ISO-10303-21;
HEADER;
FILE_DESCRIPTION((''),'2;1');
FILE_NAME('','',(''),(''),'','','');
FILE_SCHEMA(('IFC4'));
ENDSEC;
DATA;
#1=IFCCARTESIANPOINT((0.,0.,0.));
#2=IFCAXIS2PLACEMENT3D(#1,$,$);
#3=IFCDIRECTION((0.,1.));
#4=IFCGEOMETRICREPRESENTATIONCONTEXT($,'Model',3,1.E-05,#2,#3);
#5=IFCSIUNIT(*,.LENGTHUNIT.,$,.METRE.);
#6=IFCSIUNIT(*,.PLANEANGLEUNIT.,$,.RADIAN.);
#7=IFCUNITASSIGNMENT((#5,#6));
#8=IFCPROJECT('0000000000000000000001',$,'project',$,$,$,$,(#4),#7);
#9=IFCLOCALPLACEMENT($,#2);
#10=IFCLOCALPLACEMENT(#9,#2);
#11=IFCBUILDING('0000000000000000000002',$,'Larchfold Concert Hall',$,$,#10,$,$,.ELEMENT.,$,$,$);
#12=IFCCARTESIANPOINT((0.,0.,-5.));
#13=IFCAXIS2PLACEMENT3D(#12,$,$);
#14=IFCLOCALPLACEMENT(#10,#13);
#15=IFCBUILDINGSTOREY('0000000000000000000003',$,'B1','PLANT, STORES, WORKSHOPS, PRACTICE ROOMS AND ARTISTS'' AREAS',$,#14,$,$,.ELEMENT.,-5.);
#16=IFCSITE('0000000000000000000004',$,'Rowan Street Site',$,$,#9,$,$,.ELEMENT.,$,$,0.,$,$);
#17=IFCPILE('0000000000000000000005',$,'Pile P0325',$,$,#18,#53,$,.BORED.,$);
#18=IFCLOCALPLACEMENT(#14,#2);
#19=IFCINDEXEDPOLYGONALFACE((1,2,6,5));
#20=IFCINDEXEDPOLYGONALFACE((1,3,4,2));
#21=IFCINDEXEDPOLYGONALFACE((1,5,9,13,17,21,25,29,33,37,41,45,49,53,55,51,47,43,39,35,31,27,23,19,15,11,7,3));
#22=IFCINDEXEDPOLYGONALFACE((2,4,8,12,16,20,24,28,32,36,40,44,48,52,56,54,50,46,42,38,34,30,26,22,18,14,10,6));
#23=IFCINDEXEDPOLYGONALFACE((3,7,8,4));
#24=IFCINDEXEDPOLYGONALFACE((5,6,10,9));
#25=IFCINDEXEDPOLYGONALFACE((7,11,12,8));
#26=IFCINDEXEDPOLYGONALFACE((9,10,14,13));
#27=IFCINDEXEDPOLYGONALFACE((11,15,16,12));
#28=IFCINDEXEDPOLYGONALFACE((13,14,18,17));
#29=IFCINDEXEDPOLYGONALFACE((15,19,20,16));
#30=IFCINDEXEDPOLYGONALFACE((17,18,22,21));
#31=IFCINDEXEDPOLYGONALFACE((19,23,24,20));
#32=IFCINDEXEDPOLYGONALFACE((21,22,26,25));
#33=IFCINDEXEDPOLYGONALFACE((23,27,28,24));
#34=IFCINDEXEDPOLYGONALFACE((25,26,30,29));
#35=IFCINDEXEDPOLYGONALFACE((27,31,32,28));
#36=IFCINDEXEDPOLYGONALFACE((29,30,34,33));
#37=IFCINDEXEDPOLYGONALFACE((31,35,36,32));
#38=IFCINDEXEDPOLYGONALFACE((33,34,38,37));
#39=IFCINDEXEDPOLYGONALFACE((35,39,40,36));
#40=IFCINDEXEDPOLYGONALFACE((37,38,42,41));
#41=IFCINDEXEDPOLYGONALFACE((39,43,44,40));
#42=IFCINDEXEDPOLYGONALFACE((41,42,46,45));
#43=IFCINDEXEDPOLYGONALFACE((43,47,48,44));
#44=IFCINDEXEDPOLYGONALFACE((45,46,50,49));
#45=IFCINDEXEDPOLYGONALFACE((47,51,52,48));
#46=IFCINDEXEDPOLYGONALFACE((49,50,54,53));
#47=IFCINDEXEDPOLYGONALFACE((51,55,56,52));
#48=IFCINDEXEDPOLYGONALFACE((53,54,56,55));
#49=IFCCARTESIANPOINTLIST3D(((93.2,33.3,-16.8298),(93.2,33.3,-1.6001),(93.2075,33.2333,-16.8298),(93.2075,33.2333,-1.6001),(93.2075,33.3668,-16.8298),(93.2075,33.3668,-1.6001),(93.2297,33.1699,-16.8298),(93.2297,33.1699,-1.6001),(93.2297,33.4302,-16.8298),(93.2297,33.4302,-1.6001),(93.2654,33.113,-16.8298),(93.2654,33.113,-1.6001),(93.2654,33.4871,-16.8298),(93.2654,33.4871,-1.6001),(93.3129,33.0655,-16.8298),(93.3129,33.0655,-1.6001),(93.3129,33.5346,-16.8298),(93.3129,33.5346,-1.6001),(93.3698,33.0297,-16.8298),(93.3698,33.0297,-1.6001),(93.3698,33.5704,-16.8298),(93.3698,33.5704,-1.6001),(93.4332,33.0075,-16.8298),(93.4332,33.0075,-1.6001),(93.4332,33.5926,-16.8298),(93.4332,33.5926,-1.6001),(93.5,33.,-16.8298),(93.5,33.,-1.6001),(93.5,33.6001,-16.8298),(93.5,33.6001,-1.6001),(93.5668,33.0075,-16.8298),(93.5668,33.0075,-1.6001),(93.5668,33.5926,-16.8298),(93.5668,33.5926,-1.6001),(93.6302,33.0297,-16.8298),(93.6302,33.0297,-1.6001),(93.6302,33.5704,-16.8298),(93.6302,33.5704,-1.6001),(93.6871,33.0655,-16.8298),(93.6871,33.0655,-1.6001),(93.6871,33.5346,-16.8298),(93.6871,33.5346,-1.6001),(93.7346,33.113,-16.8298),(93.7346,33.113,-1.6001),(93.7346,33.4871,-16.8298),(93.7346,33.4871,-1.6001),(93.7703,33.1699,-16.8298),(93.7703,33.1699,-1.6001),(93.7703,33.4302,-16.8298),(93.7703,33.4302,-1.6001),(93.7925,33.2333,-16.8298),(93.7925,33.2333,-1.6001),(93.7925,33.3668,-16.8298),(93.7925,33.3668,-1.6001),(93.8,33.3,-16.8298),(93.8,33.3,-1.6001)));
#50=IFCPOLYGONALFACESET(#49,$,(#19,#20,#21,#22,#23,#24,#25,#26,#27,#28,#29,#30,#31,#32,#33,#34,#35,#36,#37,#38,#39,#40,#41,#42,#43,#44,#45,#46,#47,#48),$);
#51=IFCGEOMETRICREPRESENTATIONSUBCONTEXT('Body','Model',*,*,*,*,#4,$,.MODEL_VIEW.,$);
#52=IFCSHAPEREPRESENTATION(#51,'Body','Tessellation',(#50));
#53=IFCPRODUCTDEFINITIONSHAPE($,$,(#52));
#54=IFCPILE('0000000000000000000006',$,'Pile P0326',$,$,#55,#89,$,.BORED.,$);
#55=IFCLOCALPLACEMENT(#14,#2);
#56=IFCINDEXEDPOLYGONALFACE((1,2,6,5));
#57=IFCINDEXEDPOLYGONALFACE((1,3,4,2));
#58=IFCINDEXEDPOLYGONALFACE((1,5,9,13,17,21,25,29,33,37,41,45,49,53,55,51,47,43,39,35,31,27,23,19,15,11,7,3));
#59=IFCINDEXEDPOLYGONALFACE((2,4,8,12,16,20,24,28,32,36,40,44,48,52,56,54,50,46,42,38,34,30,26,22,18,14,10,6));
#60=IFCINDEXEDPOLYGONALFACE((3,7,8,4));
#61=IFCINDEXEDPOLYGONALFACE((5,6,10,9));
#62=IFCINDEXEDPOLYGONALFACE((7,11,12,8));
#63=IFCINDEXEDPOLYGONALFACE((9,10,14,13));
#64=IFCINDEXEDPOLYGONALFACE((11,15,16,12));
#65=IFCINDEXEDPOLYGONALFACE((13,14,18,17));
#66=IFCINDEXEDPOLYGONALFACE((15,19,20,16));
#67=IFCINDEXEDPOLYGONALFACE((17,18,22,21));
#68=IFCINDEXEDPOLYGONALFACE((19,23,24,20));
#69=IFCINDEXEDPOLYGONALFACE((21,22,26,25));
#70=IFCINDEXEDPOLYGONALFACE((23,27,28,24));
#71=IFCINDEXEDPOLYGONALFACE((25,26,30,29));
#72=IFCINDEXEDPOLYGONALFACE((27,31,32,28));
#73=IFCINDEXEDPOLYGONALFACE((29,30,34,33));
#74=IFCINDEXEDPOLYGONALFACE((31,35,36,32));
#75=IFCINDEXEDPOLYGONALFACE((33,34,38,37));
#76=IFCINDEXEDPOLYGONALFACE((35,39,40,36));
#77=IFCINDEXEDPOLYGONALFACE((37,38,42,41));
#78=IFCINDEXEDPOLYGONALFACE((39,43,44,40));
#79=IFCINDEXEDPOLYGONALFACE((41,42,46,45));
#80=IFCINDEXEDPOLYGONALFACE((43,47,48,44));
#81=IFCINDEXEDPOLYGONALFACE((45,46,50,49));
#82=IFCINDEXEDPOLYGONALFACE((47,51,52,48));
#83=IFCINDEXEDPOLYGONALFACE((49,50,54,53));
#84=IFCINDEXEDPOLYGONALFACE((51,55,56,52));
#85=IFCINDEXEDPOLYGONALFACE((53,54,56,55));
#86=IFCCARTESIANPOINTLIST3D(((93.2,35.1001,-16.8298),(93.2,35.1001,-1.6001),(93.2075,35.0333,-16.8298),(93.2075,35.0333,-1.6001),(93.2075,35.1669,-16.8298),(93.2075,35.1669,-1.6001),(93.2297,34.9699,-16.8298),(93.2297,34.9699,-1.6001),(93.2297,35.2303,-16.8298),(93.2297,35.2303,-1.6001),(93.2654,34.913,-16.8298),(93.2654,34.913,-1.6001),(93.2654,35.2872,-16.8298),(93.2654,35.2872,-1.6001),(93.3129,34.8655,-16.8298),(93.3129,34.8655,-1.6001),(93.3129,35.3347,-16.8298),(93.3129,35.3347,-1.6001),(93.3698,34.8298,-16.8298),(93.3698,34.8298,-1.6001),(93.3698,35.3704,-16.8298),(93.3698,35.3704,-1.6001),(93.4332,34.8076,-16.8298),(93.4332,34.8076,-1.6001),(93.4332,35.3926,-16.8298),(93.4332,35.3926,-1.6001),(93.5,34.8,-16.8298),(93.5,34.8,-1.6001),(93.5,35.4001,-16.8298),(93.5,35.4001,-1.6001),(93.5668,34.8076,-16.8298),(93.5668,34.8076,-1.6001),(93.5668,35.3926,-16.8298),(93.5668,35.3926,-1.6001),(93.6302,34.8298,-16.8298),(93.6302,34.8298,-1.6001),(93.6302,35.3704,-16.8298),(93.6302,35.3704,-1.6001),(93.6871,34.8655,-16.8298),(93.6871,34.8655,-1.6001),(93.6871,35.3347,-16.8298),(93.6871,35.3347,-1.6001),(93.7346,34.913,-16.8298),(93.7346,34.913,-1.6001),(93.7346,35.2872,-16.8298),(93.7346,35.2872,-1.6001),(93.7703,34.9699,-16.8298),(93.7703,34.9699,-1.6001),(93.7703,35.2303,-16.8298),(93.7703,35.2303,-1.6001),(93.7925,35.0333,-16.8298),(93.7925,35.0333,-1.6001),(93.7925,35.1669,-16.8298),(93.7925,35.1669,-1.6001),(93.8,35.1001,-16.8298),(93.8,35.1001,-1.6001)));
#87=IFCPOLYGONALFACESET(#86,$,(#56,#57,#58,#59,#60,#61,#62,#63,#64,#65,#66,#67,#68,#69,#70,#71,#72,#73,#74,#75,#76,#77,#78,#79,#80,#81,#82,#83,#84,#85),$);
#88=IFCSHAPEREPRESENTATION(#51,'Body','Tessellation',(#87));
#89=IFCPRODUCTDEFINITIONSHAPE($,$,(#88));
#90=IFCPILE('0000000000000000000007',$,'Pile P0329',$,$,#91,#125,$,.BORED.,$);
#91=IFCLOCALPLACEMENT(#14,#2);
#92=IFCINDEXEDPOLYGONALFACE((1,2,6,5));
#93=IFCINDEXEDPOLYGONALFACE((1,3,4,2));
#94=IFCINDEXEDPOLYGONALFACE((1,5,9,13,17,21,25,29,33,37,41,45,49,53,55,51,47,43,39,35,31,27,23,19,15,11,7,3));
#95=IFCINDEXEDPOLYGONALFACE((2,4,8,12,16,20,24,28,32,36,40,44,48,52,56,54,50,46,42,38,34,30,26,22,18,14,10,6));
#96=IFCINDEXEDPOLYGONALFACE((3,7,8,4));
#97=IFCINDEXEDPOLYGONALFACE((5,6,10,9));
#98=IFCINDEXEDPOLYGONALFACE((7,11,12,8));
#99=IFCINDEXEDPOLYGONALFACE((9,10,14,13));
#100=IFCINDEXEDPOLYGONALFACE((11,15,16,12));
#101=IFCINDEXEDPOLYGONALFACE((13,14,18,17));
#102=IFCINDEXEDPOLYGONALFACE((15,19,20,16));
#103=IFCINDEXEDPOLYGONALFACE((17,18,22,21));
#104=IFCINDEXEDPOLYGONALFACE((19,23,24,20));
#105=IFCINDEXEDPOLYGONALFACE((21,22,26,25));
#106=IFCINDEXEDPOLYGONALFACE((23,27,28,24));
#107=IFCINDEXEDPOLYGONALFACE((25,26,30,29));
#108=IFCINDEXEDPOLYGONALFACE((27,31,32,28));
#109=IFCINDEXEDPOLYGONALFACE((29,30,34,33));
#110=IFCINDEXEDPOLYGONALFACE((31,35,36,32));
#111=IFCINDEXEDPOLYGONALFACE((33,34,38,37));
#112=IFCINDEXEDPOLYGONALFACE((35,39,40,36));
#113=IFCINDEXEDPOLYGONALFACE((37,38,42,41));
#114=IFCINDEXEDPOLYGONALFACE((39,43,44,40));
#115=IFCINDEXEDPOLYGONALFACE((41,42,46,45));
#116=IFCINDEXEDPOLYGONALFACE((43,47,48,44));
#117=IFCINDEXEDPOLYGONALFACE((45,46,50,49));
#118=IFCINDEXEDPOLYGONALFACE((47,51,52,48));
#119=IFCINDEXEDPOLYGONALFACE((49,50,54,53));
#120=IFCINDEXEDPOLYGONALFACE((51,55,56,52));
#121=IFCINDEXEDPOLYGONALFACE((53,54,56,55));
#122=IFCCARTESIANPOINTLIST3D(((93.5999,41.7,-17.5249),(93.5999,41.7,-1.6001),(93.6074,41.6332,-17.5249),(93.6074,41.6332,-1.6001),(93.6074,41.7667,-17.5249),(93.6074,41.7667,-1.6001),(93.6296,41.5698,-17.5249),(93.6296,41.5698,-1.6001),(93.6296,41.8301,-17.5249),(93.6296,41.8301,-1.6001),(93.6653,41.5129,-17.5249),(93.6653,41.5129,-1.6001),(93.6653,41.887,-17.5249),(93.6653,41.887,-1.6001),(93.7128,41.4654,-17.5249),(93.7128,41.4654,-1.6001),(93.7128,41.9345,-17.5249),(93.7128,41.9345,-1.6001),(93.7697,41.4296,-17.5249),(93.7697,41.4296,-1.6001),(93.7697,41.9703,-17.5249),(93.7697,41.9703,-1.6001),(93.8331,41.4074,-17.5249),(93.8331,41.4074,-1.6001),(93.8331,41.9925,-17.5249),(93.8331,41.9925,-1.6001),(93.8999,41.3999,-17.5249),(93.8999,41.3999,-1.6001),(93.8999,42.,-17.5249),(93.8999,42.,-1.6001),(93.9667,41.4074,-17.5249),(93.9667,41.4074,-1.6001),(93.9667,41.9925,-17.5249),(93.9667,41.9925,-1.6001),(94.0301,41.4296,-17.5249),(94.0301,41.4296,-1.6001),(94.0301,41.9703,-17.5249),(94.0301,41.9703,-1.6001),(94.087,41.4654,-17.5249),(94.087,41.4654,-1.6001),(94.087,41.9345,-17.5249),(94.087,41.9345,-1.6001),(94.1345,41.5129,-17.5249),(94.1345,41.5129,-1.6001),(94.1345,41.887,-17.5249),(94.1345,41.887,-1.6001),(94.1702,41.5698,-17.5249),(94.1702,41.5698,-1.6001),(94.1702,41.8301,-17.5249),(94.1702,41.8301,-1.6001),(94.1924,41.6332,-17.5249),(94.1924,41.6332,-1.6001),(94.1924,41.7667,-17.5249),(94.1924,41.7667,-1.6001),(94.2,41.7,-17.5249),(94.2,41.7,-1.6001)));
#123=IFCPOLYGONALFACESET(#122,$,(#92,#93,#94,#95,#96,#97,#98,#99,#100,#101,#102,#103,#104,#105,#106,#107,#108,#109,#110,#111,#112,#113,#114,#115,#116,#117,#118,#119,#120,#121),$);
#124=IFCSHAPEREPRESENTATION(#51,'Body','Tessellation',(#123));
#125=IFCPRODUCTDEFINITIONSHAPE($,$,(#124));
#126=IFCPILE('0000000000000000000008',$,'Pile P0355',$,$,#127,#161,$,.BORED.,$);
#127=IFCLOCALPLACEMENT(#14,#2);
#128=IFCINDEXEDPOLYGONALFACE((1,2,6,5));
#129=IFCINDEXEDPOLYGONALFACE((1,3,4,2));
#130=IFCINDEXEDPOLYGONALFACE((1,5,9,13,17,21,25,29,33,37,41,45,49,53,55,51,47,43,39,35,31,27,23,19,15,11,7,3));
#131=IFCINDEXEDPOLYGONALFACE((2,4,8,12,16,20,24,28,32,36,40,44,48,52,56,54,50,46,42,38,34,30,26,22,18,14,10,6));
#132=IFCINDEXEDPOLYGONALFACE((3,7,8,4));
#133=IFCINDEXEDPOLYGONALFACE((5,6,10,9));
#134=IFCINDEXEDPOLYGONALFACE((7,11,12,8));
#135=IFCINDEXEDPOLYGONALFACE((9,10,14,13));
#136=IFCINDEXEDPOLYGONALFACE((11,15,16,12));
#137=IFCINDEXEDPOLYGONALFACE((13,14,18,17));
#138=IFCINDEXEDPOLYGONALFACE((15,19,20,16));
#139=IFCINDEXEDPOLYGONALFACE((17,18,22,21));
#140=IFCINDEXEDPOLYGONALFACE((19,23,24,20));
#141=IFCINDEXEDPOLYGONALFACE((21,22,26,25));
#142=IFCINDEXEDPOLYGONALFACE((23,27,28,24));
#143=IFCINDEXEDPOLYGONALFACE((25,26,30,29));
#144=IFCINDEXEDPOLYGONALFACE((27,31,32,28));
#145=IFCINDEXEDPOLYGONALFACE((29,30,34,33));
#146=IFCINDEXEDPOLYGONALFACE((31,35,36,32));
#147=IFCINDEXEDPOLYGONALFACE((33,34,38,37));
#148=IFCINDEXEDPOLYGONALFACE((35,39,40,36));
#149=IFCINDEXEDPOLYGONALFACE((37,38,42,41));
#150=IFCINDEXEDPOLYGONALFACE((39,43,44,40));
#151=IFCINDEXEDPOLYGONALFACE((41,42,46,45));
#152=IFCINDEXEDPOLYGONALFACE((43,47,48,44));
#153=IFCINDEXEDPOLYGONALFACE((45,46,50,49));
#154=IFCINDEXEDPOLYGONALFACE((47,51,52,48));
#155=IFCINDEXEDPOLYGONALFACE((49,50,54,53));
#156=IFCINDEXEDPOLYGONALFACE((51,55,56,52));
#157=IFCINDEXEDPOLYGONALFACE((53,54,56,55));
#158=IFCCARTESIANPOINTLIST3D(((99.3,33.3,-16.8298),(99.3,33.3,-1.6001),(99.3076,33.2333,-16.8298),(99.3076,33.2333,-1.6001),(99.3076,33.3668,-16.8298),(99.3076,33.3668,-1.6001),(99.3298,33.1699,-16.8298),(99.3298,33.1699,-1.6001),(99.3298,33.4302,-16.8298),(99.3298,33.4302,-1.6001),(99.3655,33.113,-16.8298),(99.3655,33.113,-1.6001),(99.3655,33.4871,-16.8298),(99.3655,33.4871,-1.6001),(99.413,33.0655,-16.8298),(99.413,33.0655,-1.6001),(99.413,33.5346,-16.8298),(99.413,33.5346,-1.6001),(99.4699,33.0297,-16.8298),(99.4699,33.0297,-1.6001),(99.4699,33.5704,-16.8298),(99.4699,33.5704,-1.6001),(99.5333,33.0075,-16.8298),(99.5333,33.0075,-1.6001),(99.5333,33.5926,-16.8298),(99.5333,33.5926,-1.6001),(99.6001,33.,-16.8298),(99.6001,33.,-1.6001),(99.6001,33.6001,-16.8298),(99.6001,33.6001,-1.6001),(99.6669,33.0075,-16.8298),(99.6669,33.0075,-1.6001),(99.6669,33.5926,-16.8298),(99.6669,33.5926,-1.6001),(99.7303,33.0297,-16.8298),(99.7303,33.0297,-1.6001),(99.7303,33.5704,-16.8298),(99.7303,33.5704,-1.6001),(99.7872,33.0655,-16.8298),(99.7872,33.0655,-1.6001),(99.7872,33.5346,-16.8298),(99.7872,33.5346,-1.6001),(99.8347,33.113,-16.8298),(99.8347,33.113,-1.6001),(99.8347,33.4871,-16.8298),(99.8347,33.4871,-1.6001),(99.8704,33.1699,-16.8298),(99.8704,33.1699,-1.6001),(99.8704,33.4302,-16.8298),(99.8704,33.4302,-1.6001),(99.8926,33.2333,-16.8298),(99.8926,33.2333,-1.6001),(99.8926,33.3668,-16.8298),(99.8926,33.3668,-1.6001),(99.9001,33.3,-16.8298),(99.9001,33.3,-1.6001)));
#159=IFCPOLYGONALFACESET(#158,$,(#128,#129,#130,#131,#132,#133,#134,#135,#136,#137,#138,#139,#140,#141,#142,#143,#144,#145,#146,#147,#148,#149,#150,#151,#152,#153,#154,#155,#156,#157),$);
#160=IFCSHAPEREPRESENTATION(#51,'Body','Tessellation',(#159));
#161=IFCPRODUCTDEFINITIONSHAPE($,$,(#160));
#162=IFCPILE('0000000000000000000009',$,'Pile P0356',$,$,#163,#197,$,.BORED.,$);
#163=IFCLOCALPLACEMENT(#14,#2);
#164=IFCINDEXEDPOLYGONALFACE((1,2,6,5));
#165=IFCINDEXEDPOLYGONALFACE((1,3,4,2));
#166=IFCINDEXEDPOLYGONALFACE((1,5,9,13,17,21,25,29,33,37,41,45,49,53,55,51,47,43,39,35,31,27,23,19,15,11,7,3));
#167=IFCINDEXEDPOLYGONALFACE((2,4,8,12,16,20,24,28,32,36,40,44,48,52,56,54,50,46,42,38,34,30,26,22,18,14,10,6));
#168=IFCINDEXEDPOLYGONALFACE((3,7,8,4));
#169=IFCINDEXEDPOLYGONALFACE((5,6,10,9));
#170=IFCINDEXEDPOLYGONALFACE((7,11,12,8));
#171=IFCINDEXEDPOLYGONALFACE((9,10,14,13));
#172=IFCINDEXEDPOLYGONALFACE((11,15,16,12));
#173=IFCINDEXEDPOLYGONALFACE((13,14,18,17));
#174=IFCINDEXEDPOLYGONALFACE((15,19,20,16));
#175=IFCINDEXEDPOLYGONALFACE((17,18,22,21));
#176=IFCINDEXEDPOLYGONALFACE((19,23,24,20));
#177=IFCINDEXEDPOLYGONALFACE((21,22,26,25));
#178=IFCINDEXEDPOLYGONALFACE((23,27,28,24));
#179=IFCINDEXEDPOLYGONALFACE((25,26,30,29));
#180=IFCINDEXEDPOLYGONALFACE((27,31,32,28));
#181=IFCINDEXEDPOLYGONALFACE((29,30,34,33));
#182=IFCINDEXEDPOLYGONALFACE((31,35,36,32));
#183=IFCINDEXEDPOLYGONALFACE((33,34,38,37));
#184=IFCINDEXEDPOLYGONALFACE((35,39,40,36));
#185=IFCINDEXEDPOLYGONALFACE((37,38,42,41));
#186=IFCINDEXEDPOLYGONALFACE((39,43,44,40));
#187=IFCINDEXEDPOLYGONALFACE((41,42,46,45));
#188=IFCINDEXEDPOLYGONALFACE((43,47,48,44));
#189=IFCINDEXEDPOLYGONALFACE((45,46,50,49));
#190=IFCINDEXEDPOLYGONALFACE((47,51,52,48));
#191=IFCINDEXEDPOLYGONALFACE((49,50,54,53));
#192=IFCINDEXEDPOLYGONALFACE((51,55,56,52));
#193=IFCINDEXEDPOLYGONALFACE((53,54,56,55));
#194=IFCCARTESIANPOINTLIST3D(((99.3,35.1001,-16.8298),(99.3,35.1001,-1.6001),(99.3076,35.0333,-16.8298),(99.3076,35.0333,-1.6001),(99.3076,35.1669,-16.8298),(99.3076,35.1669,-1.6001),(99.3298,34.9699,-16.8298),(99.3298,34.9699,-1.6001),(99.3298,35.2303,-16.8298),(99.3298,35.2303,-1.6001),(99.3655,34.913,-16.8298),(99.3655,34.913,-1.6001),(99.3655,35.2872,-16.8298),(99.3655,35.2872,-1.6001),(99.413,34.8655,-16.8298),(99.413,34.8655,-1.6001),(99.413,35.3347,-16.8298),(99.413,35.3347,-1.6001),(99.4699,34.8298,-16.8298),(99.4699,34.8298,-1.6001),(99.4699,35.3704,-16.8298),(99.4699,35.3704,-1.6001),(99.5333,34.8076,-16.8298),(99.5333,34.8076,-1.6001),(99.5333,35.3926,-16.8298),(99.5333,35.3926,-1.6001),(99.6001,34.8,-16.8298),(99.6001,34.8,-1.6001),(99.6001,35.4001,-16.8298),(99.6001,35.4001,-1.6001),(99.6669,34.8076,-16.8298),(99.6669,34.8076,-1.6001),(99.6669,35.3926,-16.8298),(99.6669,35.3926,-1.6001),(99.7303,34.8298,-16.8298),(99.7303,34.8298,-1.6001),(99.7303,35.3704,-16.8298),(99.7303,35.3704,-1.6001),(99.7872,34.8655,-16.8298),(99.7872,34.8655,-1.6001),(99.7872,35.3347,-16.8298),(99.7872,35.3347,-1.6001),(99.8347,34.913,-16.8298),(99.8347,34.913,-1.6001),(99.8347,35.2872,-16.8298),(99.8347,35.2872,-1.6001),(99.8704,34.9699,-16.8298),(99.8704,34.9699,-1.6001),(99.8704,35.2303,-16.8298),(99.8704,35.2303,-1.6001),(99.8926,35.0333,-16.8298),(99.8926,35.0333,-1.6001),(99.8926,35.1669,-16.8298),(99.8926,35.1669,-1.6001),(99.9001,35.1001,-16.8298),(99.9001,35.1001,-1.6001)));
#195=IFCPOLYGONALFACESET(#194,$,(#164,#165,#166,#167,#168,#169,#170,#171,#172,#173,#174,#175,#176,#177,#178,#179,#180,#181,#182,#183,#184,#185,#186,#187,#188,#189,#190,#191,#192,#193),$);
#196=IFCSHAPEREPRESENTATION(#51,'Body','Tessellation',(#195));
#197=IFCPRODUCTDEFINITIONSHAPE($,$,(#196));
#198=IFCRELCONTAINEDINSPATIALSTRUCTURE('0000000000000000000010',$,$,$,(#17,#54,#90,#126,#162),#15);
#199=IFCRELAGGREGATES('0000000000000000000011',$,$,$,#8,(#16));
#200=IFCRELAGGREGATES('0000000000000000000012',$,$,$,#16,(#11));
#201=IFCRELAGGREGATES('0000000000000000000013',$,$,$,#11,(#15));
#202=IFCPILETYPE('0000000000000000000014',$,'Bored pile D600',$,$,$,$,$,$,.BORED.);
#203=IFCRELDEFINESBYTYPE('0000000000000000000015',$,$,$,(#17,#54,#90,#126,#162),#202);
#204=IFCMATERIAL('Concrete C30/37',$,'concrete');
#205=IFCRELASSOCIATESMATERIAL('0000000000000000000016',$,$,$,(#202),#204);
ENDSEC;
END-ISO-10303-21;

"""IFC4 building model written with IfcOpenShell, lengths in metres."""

from ifc_helpers import new_model, si_unit, direction, frame, origin, origin_2d, place, context, subcontext, project, spatial, circle, extrude, material, material_profile, profile_set, type_object, element, save


model = new_model("IFC4")

# Units and contexts
model_context = context("Model", 3, precision=1e-05, world=origin(), true_north=direction((0.0, 1.0)))
body_context = subcontext(model_context, "Body", "Model", "MODEL_VIEW")
ifc_project = project(units=[si_unit("LENGTHUNIT", "METRE"), si_unit("PLANEANGLEUNIT", "RADIAN")], contexts=[model_context])

# Site, building, storey
site_placement = place(None, origin())
site = spatial("IfcSite", under=ifc_project, at=site_placement, Name="Rowan Street Site", CompositionType="ELEMENT", RefElevation=0.0)
building_placement = place(site_placement, origin())
building = spatial("IfcBuilding", under=site, at=building_placement, Name="Larchfold Concert Hall", CompositionType="ELEMENT")
storey_placement = place(building_placement, frame((0.0, 0.0, -5.0)))
storey = spatial("IfcBuildingStorey", under=building, at=storey_placement, Name="B1", Description="PLANT, STORES, WORKSHOPS, PRACTICE ROOMS AND ARTISTS' AREAS", CompositionType="ELEMENT", Elevation=-5.0)

# Piles
ifc_material_1 = material(Name="Concrete C30/37", Category="concrete")
ifc_material_profile_1 = material_profile(ifc_material_1, circle(Radius=0.3, at=origin_2d()))
ifc_profile_set_1 = profile_set([ifc_material_profile_1], Name="Concrete C30/37")
pile_type = type_object("IfcPileType", Name="Bored pile D600", PredefinedType="BORED", material=ifc_profile_set_1)
for number, where, z_axis, x_axis, name in (
    (1, (93.5, 33.3, -1.6001), (0.0, 0.0, -1.0), (1.0, 0.0, 0.0), "Pile P0325"),
    (2, (93.5, 35.1001, -1.6001), (0.0, 0.0, -1.0), (1.0, 0.0, 0.0), "Pile P0326"),
):
    element("IfcPile", number, at=place(storey_placement, frame(where, z_axis=z_axis, x_axis=x_axis)), inside=storey, type_object=pile_type, Name=name, PredefinedType="BORED", context=body_context, shape_type="SweptSolid", body=[
        extrude(circle(Radius=0.3, at=origin_2d()), origin(), (0.0, 0.0, 1.0), 15.2297),
    ])
pile_placement = place(storey_placement, frame((93.8999, 41.7, -1.6001), z_axis=(0.0, 0.0, -1.0), x_axis=(1.0, 0.0, 0.0)))
element("IfcPile", 3, at=pile_placement, inside=storey, type_object=pile_type, Name="Pile P0329", PredefinedType="BORED", context=body_context, shape_type="SweptSolid", body=[
    extrude(circle(Radius=0.3, at=origin_2d()), origin(), (0.0, 0.0, 1.0), 15.9248),
])
for number, where, z_axis, x_axis, name in (
    (4, (99.6001, 33.3, -1.6001), (0.0, 0.0, -1.0), (1.0, 0.0, 0.0), "Pile P0355"),
    (5, (99.6001, 35.1001, -1.6001), (0.0, 0.0, -1.0), (1.0, 0.0, 0.0), "Pile P0356"),
):
    element("IfcPile", number, at=place(storey_placement, frame(where, z_axis=z_axis, x_axis=x_axis)), inside=storey, type_object=pile_type, Name=name, PredefinedType="BORED", context=body_context, shape_type="SweptSolid", body=[
        extrude(circle(Radius=0.3, at=origin_2d()), origin(), (0.0, 0.0, 1.0), 15.2297),
    ])

save(model, "model.ifc")
